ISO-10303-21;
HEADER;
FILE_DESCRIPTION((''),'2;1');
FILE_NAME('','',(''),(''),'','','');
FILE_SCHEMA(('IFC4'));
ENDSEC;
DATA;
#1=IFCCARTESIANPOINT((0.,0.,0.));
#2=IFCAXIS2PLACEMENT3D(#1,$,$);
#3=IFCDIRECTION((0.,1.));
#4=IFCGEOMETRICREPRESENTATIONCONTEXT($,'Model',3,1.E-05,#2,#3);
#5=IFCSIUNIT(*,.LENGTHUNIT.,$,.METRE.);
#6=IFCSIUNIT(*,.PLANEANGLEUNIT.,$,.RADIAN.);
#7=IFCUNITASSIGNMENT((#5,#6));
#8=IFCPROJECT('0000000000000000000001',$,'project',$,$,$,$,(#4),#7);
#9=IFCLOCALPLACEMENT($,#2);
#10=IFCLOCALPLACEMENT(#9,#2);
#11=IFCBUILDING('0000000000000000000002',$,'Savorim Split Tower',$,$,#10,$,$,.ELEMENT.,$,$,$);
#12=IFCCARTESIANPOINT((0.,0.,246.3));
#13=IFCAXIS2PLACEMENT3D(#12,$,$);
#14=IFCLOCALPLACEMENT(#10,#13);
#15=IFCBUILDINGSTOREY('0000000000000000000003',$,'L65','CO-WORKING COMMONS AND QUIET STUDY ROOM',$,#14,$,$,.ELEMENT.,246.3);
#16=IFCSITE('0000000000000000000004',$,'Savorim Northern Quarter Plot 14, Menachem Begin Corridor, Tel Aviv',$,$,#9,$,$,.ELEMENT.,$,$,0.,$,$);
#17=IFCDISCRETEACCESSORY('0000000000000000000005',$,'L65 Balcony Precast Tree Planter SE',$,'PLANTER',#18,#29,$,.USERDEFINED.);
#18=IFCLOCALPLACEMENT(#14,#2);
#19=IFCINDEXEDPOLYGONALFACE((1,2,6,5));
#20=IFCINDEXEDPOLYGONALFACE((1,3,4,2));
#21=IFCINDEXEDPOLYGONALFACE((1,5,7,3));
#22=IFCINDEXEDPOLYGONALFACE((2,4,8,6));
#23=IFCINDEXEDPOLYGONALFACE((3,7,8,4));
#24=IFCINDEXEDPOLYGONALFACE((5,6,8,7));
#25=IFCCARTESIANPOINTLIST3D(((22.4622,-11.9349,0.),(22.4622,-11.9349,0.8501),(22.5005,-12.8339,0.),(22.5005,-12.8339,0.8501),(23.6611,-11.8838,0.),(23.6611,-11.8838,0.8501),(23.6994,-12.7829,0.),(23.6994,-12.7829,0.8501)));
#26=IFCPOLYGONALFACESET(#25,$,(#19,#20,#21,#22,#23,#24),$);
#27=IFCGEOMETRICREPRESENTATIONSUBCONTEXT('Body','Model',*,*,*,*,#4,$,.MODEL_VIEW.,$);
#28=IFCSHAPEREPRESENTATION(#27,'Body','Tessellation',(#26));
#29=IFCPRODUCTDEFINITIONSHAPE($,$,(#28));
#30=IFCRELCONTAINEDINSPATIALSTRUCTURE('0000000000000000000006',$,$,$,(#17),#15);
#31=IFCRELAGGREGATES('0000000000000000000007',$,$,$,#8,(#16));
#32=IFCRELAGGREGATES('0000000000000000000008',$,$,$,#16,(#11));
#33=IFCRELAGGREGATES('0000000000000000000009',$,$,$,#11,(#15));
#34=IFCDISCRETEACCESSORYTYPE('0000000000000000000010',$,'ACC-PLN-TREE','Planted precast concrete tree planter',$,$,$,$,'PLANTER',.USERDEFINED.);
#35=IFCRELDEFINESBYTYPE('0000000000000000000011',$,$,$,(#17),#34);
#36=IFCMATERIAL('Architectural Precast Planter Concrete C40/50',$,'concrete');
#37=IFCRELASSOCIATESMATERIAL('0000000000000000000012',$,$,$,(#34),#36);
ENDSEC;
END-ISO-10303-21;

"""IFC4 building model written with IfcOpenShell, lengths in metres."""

from ifc_helpers import new_model, si_unit, direction, frame, origin, origin_2d, place, context, subcontext, project, spatial, rectangle, extrude, material, type_object, element, save


model = new_model("IFC4")

# Units and contexts
model_context = context("Model", 3, precision=1e-05, world=origin(), true_north=direction((0.0, 1.0)))
body_context = subcontext(model_context, "Body", "Model", "MODEL_VIEW")
ifc_project = project(units=[si_unit("LENGTHUNIT", "METRE"), si_unit("PLANEANGLEUNIT", "RADIAN")], contexts=[model_context])

# Site, building, storey
site_placement = place(None, origin())
site = spatial("IfcSite", under=ifc_project, at=site_placement, Name="Savorim Northern Quarter Plot 14, Menachem Begin Corridor, Tel Aviv", CompositionType="ELEMENT", RefElevation=0.0)
building_placement = place(site_placement, origin())
building = spatial("IfcBuilding", under=site, at=building_placement, Name="Savorim Split Tower", CompositionType="ELEMENT")
storey_placement = place(building_placement, frame((0.0, 0.0, 246.3)))
storey = spatial("IfcBuildingStorey", under=building, at=storey_placement, Name="L65", Description="CO-WORKING COMMONS AND QUIET STUDY ROOM", CompositionType="ELEMENT", Elevation=246.3)

# Discrete accessory
ifc_material_1 = material(Name="Architectural Precast Planter Concrete C40/50", Category="concrete")
discrete_accessory_type_1 = type_object("IfcDiscreteAccessoryType", Name="ACC-PLN-TREE", Description="Planted precast concrete tree planter", ElementType="PLANTER", PredefinedType="USERDEFINED", material=ifc_material_1)
discrete_accessory_placement = place(storey_placement, frame((23.0808, -12.3589, 0.0), z_axis=(0.0, 0.0, 1.0), x_axis=(0.999096, 0.042523, 0.0)))
element("IfcDiscreteAccessory", 1, at=discrete_accessory_placement, inside=storey, type_object=discrete_accessory_type_1, Name="L65 Balcony Precast Tree Planter SE", ObjectType="PLANTER", PredefinedType="USERDEFINED", context=body_context, shape_type="SweptSolid", body=[
    extrude(rectangle(XDim=1.2, YDim=0.8999, at=origin_2d()), origin(), (0.0, 0.0, 1.0), 0.8501),
])

save(model, "model.ifc")
